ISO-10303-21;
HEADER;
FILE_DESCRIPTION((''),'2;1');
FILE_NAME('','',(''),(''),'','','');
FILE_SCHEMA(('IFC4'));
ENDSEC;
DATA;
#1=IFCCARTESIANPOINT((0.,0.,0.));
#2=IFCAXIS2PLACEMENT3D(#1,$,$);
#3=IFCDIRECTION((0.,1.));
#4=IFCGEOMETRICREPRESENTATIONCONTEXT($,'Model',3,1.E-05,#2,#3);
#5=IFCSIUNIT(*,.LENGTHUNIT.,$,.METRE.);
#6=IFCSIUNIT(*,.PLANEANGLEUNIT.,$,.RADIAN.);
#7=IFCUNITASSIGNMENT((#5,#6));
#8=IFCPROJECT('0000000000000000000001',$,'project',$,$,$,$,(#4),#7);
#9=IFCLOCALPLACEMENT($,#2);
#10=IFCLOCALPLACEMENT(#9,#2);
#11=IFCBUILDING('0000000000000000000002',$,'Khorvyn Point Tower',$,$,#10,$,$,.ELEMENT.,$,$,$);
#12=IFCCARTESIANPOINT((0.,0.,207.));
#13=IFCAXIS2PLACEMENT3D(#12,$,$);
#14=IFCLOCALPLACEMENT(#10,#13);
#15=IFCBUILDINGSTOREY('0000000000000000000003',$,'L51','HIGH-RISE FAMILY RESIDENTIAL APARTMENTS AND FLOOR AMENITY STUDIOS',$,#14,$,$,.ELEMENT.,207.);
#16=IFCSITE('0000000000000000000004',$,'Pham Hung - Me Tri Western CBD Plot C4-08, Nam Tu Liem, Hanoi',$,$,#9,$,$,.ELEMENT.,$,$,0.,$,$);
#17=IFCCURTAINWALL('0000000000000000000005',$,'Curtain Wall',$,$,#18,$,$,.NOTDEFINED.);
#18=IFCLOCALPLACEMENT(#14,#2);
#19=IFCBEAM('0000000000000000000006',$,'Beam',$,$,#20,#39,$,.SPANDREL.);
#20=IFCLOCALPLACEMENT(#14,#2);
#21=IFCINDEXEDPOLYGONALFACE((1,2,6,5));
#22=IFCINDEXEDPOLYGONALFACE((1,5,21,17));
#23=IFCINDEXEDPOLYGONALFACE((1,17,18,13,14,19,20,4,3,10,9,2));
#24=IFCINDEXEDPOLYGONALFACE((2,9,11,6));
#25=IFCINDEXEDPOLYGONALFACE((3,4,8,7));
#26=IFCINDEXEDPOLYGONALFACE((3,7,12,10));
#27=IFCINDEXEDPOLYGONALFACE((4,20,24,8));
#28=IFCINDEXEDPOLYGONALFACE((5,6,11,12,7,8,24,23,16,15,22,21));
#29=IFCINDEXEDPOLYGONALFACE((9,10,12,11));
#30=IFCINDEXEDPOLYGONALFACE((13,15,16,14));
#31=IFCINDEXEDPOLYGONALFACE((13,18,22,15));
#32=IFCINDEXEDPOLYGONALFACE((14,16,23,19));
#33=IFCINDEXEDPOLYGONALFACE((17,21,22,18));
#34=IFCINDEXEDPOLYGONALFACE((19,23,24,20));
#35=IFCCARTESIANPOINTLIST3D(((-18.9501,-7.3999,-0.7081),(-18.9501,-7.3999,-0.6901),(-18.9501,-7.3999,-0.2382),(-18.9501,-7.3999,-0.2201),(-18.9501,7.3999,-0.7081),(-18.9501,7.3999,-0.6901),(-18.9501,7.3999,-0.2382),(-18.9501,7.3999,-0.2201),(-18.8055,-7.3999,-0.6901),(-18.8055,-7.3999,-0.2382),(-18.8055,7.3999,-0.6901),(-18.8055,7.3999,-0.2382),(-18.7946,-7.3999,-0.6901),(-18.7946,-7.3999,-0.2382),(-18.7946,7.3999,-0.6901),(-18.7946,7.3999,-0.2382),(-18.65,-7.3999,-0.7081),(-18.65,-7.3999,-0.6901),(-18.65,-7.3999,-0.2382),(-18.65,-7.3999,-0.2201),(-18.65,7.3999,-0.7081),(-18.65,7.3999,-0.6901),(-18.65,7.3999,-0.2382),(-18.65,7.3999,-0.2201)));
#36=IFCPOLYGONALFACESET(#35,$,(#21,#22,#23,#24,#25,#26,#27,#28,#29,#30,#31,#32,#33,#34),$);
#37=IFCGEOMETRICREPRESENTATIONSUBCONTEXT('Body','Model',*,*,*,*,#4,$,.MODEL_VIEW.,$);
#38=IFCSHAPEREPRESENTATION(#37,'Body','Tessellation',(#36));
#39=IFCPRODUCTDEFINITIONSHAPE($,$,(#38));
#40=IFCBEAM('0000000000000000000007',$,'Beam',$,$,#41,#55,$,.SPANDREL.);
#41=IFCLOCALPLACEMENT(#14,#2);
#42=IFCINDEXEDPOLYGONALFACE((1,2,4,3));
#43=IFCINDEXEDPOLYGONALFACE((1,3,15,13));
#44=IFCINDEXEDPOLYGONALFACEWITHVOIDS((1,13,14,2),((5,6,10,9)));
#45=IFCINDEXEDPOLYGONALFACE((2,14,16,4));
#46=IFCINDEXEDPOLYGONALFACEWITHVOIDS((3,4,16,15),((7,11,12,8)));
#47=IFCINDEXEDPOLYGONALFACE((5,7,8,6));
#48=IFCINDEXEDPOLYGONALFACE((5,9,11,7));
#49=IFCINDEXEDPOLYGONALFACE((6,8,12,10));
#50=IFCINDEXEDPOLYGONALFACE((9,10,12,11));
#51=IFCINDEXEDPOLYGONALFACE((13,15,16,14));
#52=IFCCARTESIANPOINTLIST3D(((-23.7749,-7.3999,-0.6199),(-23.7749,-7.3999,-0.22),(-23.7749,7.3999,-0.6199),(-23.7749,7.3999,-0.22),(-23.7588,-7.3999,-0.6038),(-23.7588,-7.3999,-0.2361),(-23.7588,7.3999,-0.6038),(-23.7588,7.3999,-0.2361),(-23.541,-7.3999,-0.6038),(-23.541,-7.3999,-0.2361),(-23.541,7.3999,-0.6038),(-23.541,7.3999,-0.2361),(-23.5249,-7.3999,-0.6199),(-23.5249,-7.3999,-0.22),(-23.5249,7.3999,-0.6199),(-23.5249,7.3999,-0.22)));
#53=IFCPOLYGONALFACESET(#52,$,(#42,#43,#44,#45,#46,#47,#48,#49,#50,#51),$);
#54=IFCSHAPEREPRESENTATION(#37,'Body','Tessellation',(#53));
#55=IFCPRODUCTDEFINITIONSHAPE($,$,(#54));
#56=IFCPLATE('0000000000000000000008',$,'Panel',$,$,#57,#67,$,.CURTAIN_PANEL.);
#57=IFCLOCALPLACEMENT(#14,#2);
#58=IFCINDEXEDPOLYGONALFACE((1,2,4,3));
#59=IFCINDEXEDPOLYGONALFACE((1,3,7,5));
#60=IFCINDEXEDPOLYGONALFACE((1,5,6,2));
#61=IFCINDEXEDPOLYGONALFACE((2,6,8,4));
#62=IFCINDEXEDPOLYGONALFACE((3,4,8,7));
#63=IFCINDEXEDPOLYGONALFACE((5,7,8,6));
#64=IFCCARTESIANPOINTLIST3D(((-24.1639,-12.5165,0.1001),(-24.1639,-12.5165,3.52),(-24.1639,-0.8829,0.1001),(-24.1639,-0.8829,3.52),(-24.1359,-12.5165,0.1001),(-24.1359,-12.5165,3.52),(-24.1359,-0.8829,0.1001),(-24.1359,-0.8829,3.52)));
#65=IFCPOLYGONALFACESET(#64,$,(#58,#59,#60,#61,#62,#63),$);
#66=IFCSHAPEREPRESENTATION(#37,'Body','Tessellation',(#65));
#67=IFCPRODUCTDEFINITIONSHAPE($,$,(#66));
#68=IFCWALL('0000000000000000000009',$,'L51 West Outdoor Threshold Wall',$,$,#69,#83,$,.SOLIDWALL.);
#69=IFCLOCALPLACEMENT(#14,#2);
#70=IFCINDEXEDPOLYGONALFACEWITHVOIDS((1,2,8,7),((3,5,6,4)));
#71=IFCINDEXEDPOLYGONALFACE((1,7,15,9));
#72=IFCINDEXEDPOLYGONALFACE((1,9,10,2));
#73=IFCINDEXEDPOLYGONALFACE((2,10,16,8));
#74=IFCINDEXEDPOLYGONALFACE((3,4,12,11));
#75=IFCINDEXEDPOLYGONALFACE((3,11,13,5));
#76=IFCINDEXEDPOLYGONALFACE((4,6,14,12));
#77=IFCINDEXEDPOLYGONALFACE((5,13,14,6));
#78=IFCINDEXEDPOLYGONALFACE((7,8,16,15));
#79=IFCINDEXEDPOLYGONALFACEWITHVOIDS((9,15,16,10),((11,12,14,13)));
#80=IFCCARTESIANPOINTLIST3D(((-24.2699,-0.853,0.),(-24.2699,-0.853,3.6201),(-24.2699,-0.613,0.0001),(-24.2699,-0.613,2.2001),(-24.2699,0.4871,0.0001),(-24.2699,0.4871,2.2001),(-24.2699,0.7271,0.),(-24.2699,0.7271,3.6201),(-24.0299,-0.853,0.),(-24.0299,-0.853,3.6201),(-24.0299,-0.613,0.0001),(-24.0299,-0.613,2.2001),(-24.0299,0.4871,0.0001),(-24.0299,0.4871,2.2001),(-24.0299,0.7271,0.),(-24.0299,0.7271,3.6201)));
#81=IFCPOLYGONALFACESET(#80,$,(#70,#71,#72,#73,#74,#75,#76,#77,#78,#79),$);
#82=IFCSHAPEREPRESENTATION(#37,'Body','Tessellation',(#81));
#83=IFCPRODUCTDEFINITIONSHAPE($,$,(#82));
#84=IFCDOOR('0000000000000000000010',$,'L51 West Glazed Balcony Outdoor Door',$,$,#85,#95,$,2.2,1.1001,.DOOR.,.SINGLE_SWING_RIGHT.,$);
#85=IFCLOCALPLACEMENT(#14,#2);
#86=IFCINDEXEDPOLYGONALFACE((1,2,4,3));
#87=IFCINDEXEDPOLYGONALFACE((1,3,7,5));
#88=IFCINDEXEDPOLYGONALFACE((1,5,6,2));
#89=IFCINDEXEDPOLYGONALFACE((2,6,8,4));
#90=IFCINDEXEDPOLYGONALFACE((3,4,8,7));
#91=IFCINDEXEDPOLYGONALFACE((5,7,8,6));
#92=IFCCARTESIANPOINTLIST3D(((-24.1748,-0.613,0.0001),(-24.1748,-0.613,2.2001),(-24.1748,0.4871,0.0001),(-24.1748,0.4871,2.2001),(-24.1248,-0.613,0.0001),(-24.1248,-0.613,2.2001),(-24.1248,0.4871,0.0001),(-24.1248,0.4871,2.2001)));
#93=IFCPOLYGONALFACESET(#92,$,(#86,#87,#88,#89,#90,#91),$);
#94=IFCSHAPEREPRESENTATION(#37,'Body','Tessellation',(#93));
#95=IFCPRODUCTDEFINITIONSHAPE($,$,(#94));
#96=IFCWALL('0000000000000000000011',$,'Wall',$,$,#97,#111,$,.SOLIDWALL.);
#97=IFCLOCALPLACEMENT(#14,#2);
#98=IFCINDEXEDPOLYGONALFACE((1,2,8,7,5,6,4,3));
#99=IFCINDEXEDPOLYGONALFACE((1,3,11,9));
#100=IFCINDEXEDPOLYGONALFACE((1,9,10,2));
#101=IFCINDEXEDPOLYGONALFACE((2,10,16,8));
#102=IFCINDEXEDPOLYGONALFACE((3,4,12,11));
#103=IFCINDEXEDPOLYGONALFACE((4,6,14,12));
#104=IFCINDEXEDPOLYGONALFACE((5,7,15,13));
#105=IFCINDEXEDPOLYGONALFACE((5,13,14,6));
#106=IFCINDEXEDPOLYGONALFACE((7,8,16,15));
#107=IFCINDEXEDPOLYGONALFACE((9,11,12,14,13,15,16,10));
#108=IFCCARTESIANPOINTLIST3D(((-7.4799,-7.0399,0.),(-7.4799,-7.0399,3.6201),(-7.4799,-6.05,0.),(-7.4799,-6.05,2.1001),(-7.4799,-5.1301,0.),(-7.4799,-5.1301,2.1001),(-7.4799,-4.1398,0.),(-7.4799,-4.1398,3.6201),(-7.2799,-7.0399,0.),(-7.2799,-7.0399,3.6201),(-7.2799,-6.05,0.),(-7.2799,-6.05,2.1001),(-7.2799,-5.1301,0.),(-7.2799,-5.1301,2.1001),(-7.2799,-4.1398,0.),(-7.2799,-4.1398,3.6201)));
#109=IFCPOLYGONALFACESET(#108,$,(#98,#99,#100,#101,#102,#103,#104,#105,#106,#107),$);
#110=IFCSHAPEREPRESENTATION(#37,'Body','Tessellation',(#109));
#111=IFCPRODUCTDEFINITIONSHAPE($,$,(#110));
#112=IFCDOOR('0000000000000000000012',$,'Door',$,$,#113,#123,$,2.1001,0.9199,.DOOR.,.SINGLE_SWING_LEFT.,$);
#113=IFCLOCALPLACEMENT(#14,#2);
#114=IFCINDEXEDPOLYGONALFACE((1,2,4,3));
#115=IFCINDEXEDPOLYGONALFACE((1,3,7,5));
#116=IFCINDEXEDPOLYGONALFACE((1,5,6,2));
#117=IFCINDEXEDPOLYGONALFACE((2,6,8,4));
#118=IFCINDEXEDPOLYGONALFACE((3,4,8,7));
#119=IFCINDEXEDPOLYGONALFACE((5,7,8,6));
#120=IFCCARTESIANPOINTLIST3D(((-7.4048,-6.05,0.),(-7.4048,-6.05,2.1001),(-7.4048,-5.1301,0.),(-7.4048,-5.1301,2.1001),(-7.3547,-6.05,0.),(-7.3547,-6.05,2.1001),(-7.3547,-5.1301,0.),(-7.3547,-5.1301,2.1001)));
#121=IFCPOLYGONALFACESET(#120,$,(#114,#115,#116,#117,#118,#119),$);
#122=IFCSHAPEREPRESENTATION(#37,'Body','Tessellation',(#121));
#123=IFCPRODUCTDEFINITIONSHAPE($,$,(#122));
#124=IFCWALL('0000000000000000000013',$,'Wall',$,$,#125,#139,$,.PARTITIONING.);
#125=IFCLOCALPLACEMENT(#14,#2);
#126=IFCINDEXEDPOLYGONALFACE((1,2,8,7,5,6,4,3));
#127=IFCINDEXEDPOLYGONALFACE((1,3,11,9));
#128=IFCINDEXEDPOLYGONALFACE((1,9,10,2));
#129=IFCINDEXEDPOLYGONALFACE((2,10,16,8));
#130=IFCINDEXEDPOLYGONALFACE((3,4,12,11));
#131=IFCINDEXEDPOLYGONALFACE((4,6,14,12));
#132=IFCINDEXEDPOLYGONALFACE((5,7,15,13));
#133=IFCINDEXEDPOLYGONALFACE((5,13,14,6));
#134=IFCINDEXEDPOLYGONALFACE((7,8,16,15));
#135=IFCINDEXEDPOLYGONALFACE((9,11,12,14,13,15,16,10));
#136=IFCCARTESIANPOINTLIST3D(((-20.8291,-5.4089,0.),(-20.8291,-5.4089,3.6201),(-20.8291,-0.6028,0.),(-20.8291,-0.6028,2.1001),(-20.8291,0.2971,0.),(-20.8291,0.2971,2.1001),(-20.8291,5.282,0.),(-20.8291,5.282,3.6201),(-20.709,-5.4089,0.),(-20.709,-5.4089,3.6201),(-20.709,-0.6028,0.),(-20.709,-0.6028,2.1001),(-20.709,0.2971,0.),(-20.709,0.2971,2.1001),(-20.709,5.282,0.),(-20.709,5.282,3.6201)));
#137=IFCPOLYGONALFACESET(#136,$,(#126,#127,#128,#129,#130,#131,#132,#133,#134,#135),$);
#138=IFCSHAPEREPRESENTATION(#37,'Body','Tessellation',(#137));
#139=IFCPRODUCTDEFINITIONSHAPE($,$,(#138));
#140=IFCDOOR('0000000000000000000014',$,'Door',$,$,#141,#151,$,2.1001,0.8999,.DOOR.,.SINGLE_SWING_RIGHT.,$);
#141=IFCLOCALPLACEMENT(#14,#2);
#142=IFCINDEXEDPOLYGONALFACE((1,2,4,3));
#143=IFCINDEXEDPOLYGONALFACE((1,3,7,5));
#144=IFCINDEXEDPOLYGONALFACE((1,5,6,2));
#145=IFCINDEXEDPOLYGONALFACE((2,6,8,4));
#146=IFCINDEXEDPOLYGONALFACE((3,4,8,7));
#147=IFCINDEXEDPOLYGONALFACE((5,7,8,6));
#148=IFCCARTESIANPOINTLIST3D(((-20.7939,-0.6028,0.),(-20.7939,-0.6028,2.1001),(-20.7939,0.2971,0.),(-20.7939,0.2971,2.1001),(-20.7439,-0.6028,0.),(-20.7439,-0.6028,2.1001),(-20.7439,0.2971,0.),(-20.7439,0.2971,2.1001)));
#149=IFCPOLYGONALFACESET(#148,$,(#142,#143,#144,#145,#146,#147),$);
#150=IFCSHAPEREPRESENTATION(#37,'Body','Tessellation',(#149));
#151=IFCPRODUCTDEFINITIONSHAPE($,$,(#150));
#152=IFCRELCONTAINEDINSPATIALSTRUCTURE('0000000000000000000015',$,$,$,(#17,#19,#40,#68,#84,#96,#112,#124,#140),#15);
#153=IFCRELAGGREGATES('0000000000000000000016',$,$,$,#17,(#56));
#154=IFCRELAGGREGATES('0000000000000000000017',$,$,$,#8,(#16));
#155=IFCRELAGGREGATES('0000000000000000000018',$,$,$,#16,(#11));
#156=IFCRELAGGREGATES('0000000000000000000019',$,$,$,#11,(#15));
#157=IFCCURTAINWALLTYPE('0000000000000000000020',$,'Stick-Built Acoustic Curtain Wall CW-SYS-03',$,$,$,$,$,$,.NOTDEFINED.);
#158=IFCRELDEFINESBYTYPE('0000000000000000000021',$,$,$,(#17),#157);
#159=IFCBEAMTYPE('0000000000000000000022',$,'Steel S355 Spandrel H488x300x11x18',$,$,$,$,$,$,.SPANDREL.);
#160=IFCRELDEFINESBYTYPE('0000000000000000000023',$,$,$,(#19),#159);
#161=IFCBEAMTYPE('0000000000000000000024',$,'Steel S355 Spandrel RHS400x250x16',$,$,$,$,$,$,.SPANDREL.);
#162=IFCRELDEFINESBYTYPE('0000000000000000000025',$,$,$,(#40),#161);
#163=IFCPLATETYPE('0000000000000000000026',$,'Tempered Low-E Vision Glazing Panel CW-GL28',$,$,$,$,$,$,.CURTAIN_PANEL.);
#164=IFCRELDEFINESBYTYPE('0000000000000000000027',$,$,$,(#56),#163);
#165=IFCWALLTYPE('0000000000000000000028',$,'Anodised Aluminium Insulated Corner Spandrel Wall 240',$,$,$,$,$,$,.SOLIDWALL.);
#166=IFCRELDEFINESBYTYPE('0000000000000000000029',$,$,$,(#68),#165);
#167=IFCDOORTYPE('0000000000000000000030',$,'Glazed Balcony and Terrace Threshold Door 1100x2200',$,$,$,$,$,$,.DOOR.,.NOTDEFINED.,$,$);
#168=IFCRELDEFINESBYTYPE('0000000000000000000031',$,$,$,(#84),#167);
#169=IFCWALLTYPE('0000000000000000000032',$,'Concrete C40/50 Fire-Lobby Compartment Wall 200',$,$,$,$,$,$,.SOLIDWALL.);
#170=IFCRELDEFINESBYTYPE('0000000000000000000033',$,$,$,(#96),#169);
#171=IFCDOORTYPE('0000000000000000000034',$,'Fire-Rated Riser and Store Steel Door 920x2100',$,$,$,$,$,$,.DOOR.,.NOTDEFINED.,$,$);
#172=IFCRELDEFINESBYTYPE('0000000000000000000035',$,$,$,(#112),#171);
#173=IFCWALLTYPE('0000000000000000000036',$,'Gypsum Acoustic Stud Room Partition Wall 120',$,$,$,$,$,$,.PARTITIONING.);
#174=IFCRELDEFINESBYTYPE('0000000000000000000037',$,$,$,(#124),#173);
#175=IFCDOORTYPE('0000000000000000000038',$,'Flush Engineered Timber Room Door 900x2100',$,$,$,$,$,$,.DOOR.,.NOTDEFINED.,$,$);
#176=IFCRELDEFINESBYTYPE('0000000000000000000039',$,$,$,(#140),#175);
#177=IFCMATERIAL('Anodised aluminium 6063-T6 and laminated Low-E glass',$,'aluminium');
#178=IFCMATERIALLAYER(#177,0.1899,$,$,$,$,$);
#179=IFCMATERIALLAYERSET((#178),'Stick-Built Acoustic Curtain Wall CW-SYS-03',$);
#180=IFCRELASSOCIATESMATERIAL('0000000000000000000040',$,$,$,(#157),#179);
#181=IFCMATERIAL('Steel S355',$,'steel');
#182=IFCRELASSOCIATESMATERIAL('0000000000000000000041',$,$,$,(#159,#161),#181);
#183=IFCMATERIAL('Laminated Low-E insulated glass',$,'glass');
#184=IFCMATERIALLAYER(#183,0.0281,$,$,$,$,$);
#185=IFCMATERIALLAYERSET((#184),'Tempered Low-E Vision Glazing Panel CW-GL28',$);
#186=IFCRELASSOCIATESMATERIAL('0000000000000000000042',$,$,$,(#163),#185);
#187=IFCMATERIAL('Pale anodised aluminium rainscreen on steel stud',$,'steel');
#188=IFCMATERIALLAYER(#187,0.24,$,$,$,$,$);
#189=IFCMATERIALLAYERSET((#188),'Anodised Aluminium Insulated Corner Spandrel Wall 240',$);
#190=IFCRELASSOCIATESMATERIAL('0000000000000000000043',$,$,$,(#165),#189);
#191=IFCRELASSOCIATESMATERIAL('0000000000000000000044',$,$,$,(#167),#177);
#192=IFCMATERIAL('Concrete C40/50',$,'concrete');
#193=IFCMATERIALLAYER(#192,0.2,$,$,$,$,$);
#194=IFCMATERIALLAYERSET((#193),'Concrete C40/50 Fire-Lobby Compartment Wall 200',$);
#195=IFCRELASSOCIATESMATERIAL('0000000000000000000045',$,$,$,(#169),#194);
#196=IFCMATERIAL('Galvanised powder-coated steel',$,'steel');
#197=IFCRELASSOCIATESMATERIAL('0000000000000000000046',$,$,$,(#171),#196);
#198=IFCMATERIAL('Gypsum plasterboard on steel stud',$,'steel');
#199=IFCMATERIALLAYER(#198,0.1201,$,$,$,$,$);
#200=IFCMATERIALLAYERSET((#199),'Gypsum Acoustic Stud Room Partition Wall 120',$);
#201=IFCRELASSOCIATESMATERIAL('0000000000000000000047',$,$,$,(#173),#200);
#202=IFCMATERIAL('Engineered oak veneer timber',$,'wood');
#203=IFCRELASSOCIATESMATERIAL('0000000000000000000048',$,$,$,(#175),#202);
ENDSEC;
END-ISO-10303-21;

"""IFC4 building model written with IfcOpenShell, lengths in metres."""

from ifc_helpers import new_model, si_unit, direction, frame, frame_2d, origin, origin_2d, place, context, subcontext, project, spatial, rectangle, hollow_rectangle, i_section, extrude, material, layer, layer_set, material_profile, profile_set, type_object, element, fill, aggregate, save


model = new_model("IFC4")

# Units and contexts
model_context = context("Model", 3, precision=1e-05, world=origin(), true_north=direction((0.0, 1.0)))
body_context = subcontext(model_context, "Body", "Model", "MODEL_VIEW")
ifc_project = project(units=[si_unit("LENGTHUNIT", "METRE"), si_unit("PLANEANGLEUNIT", "RADIAN")], contexts=[model_context])

# Site, building, storey
site_placement = place(None, origin())
site = spatial("IfcSite", under=ifc_project, at=site_placement, Name="Pham Hung - Me Tri Western CBD Plot C4-08, Nam Tu Liem, Hanoi", CompositionType="ELEMENT", RefElevation=0.0)
building_placement = place(site_placement, origin())
building = spatial("IfcBuilding", under=site, at=building_placement, Name="Khorvyn Point Tower", CompositionType="ELEMENT")
storey_placement = place(building_placement, frame((0.0, 0.0, 207.0)))
storey = spatial("IfcBuildingStorey", under=building, at=storey_placement, Name="L51", Description="HIGH-RISE FAMILY RESIDENTIAL APARTMENTS AND FLOOR AMENITY STUDIOS", CompositionType="ELEMENT", Elevation=207.0)

# Curtain wall
ifc_material_1 = material(Name="Anodised aluminium 6063-T6 and laminated Low-E glass", Category="aluminium")
ifc_layer_1 = layer(ifc_material_1, 0.1899)
ifc_layer_set_1 = layer_set([ifc_layer_1], Name="Stick-Built Acoustic Curtain Wall CW-SYS-03")
curtain_wall_type = type_object("IfcCurtainWallType", Name="Stick-Built Acoustic Curtain Wall CW-SYS-03", PredefinedType="NOTDEFINED", material=ifc_layer_set_1)
curtain_wall_1_placement = place(storey_placement, origin())
curtain_wall_1 = element("IfcCurtainWall", 1, at=curtain_wall_1_placement, inside=storey, type_object=curtain_wall_type, Name="Curtain Wall", PredefinedType="NOTDEFINED")

# Beams
ifc_material_2 = material(Name="Steel S355", Category="steel")
ifc_material_profile_1 = material_profile(ifc_material_2, i_section(OverallWidth=0.3, OverallDepth=0.488, WebThickness=0.011, FlangeThickness=0.0181, at=origin_2d()))
ifc_profile_set_1 = profile_set([ifc_material_profile_1], Name="Steel S355 H488x300x11x18")
beam_type_1 = type_object("IfcBeamType", Name="Steel S355 Spandrel H488x300x11x18", PredefinedType="SPANDREL", material=ifc_profile_set_1)
for number, where, z_axis, x_axis, name in (
    (2, (-18.8, -7.3999, -0.4641), (0.0, 1.0, 0.0), (-1.0, 0.0, 0.0), "Beam"),
):
    element("IfcBeam", number, at=place(storey_placement, frame(where, z_axis=z_axis, x_axis=x_axis)), inside=storey, type_object=beam_type_1, Name=name, PredefinedType="SPANDREL", context=body_context, shape_type="SweptSolid", body=[
        extrude(i_section(OverallWidth=0.3, OverallDepth=0.488, WebThickness=0.011, FlangeThickness=0.0181, at=origin_2d()), origin(), (0.0, 0.0, 1.0), 14.7998),
    ])
ifc_material_profile_2 = material_profile(ifc_material_2, hollow_rectangle(XDim=0.25, YDim=0.3999, WallThickness=0.0161, at=origin_2d()))
ifc_profile_set_2 = profile_set([ifc_material_profile_2], Name="Steel S355 RHS400x250x16")
beam_type_2 = type_object("IfcBeamType", Name="Steel S355 Spandrel RHS400x250x16", PredefinedType="SPANDREL", material=ifc_profile_set_2)
beam_1_placement = place(storey_placement, frame((-23.6499, -7.3999, -0.4199), z_axis=(0.0, 1.0, 0.0), x_axis=(-1.0, 0.0, 0.0)))
element("IfcBeam", 3, at=beam_1_placement, inside=storey, type_object=beam_type_2, Name="Beam", PredefinedType="SPANDREL", context=body_context, shape_type="SweptSolid", body=[
    extrude(hollow_rectangle(XDim=0.25, YDim=0.3999, WallThickness=0.0161, at=origin_2d()), origin(), (0.0, 0.0, 1.0), 14.7998),
])

# Plate
ifc_material_3 = material(Name="Laminated Low-E insulated glass", Category="glass")
ifc_layer_2 = layer(ifc_material_3, 0.0281)
ifc_layer_set_2 = layer_set([ifc_layer_2], Name="Tempered Low-E Vision Glazing Panel CW-GL28")
plate_type = type_object("IfcPlateType", Name="Tempered Low-E Vision Glazing Panel CW-GL28", PredefinedType="CURTAIN_PANEL", material=ifc_layer_set_2)
plate_placement = place(storey_placement, frame((-24.1499, -6.6997, 0.1001), z_axis=(0.0, 0.0, 1.0), x_axis=(0.0, 1.0, 0.0)))
plate = element("IfcPlate", 4, at=plate_placement, type_object=plate_type, Name="Panel", PredefinedType="CURTAIN_PANEL", context=body_context, shape_type="SweptSolid", body=[
    extrude(rectangle(XDim=11.6335, YDim=0.0281, at=origin_2d()), origin(), (0.0, 0.0, 1.0), 3.4199),
])
aggregate(curtain_wall_1, [plate])

# Walls, openings, doors
ifc_material_4 = material(Name="Pale anodised aluminium rainscreen on steel stud", Category="steel")
ifc_layer_3 = layer(ifc_material_4, 0.24)
ifc_layer_set_3 = layer_set([ifc_layer_3], Name="Anodised Aluminium Insulated Corner Spandrel Wall 240")
wall_type_1 = type_object("IfcWallType", Name="Anodised Aluminium Insulated Corner Spandrel Wall 240", PredefinedType="SOLIDWALL", material=ifc_layer_set_3)
wall_1_placement = place(storey_placement, frame((-24.1499, -0.853, 0.0), z_axis=(0.0, 0.0, 1.0), x_axis=(0.0, 1.0, 0.0)))
wall_1 = element("IfcWall", 5, at=wall_1_placement, inside=storey, type_object=wall_type_1, Name="L51 West Outdoor Threshold Wall", PredefinedType="SOLIDWALL", context=body_context, shape_type="SweptSolid", body=[
    extrude(rectangle(XDim=1.5801, YDim=0.24, at=frame_2d((0.79, 0.0))), origin(), (0.0, 0.0, 1.0), 3.6201),
])
opening_1_placement = place(wall_1_placement, frame((0.24, 0.0, 0.0)))
opening_1 = element("IfcOpeningElement", 6, at=opening_1_placement, cuts=wall_1, PredefinedType="OPENING", context=body_context, shape_type="SweptSolid", body=[
    extrude(rectangle(XDim=1.1001, YDim=2.2, at=frame_2d((0.55, 1.1001))), frame((0.0, 0.1299, 0.0), z_axis=(0.0, -1.0, 0.0), x_axis=(1.0, 0.0, 0.0)), (0.0, 0.0, 1.0), 0.26),
])
door_type_1 = type_object("IfcDoorType", Name="Glazed Balcony and Terrace Threshold Door 1100x2200", OperationType="NOTDEFINED", PredefinedType="DOOR", material=ifc_material_1)
door_1_placement = place(opening_1_placement, origin())
door_1 = element("IfcDoor", 7, at=door_1_placement, inside=storey, type_object=door_type_1, Name="L51 West Glazed Balcony Outdoor Door", OperationType="SINGLE_SWING_RIGHT", OverallHeight=2.2, OverallWidth=1.1001, PredefinedType="DOOR", context=body_context, shape_type="SweptSolid", body=[
    extrude(rectangle(XDim=1.1001, YDim=2.2, at=frame_2d((0.55, 1.1001))), frame((0.0, 0.0249, 0.0), z_axis=(0.0, -1.0, 0.0), x_axis=(1.0, 0.0, 0.0)), (0.0, 0.0, 1.0), 0.05),
])
fill(opening_1, door_1)
ifc_material_5 = material(Name="Concrete C40/50", Category="concrete")
ifc_layer_4 = layer(ifc_material_5, 0.2)
ifc_layer_set_4 = layer_set([ifc_layer_4], Name="Concrete C40/50 Fire-Lobby Compartment Wall 200")
wall_type_2 = type_object("IfcWallType", Name="Concrete C40/50 Fire-Lobby Compartment Wall 200", PredefinedType="SOLIDWALL", material=ifc_layer_set_4)
wall_2_placement = place(storey_placement, frame((-7.3799, -7.04, 0.0), z_axis=(0.0, 0.0, 1.0), x_axis=(0.0, 1.0, 0.0)))
wall_2 = element("IfcWall", 8, at=wall_2_placement, inside=storey, type_object=wall_type_2, Name="Wall", PredefinedType="SOLIDWALL", context=body_context, shape_type="SweptSolid", body=[
    extrude(rectangle(XDim=2.9001, YDim=0.2, at=frame_2d((1.4502, 0.0))), origin(), (0.0, 0.0, 1.0), 3.6201),
])
opening_2_placement = place(wall_2_placement, frame((0.99, 0.0, 0.0)))
opening_2 = element("IfcOpeningElement", 9, at=opening_2_placement, cuts=wall_2, PredefinedType="OPENING", context=body_context, shape_type="SweptSolid", body=[
    extrude(rectangle(XDim=0.9199, YDim=2.1001, at=frame_2d((0.46, 1.05))), frame((0.0, 0.1099, 0.0), z_axis=(0.0, -1.0, 0.0), x_axis=(1.0, 0.0, 0.0)), (0.0, 0.0, 1.0), 0.22),
])
ifc_material_6 = material(Name="Galvanised powder-coated steel", Category="steel")
door_type_2 = type_object("IfcDoorType", Name="Fire-Rated Riser and Store Steel Door 920x2100", OperationType="NOTDEFINED", PredefinedType="DOOR", material=ifc_material_6)
door_2_placement = place(opening_2_placement, origin())
door_2 = element("IfcDoor", 10, at=door_2_placement, inside=storey, type_object=door_type_2, Name="Door", OperationType="SINGLE_SWING_LEFT", OverallHeight=2.1001, OverallWidth=0.9199, PredefinedType="DOOR", context=body_context, shape_type="SweptSolid", body=[
    extrude(rectangle(XDim=0.9199, YDim=2.1001, at=frame_2d((0.46, 1.05))), frame((0.0, 0.0249, 0.0), z_axis=(0.0, -1.0, 0.0), x_axis=(1.0, 0.0, 0.0)), (0.0, 0.0, 1.0), 0.05),
])
fill(opening_2, door_2)
ifc_material_7 = material(Name="Gypsum plasterboard on steel stud", Category="steel")
ifc_layer_5 = layer(ifc_material_7, 0.1201)
ifc_layer_set_5 = layer_set([ifc_layer_5], Name="Gypsum Acoustic Stud Room Partition Wall 120")
wall_type_3 = type_object("IfcWallType", Name="Gypsum Acoustic Stud Room Partition Wall 120", PredefinedType="PARTITIONING", material=ifc_layer_set_5)
wall_3_placement = place(storey_placement, frame((-20.769, -5.4089, 0.0), z_axis=(0.0, 0.0, 1.0), x_axis=(0.0, 1.0, 0.0)))
wall_3 = element("IfcWall", 11, at=wall_3_placement, inside=storey, type_object=wall_type_3, Name="Wall", PredefinedType="PARTITIONING", context=body_context, shape_type="SweptSolid", body=[
    extrude(rectangle(XDim=10.6909, YDim=0.1201, at=frame_2d((5.3455, 0.0))), origin(), (0.0, 0.0, 1.0), 3.6201),
])
opening_3_placement = place(wall_3_placement, frame((4.8062, 0.0, 0.0)))
opening_3 = element("IfcOpeningElement", 12, at=opening_3_placement, cuts=wall_3, PredefinedType="OPENING", context=body_context, shape_type="SweptSolid", body=[
    extrude(rectangle(XDim=0.8999, YDim=2.1001, at=frame_2d((0.45, 1.05))), frame((0.0, 0.0701, 0.0), z_axis=(0.0, -1.0, 0.0), x_axis=(1.0, 0.0, 0.0)), (0.0, 0.0, 1.0), 0.1401),
])
ifc_material_8 = material(Name="Engineered oak veneer timber", Category="wood")
door_type_3 = type_object("IfcDoorType", Name="Flush Engineered Timber Room Door 900x2100", OperationType="NOTDEFINED", PredefinedType="DOOR", material=ifc_material_8)
door_3_placement = place(opening_3_placement, origin())
door_3 = element("IfcDoor", 13, at=door_3_placement, inside=storey, type_object=door_type_3, Name="Door", OperationType="SINGLE_SWING_RIGHT", OverallHeight=2.1001, OverallWidth=0.8999, PredefinedType="DOOR", context=body_context, shape_type="SweptSolid", body=[
    extrude(rectangle(XDim=0.8999, YDim=2.1001, at=frame_2d((0.45, 1.05))), frame((0.0, 0.0249, 0.0), z_axis=(0.0, -1.0, 0.0), x_axis=(1.0, 0.0, 0.0)), (0.0, 0.0, 1.0), 0.05),
])
fill(opening_3, door_3)

save(model, "model.ifc")
